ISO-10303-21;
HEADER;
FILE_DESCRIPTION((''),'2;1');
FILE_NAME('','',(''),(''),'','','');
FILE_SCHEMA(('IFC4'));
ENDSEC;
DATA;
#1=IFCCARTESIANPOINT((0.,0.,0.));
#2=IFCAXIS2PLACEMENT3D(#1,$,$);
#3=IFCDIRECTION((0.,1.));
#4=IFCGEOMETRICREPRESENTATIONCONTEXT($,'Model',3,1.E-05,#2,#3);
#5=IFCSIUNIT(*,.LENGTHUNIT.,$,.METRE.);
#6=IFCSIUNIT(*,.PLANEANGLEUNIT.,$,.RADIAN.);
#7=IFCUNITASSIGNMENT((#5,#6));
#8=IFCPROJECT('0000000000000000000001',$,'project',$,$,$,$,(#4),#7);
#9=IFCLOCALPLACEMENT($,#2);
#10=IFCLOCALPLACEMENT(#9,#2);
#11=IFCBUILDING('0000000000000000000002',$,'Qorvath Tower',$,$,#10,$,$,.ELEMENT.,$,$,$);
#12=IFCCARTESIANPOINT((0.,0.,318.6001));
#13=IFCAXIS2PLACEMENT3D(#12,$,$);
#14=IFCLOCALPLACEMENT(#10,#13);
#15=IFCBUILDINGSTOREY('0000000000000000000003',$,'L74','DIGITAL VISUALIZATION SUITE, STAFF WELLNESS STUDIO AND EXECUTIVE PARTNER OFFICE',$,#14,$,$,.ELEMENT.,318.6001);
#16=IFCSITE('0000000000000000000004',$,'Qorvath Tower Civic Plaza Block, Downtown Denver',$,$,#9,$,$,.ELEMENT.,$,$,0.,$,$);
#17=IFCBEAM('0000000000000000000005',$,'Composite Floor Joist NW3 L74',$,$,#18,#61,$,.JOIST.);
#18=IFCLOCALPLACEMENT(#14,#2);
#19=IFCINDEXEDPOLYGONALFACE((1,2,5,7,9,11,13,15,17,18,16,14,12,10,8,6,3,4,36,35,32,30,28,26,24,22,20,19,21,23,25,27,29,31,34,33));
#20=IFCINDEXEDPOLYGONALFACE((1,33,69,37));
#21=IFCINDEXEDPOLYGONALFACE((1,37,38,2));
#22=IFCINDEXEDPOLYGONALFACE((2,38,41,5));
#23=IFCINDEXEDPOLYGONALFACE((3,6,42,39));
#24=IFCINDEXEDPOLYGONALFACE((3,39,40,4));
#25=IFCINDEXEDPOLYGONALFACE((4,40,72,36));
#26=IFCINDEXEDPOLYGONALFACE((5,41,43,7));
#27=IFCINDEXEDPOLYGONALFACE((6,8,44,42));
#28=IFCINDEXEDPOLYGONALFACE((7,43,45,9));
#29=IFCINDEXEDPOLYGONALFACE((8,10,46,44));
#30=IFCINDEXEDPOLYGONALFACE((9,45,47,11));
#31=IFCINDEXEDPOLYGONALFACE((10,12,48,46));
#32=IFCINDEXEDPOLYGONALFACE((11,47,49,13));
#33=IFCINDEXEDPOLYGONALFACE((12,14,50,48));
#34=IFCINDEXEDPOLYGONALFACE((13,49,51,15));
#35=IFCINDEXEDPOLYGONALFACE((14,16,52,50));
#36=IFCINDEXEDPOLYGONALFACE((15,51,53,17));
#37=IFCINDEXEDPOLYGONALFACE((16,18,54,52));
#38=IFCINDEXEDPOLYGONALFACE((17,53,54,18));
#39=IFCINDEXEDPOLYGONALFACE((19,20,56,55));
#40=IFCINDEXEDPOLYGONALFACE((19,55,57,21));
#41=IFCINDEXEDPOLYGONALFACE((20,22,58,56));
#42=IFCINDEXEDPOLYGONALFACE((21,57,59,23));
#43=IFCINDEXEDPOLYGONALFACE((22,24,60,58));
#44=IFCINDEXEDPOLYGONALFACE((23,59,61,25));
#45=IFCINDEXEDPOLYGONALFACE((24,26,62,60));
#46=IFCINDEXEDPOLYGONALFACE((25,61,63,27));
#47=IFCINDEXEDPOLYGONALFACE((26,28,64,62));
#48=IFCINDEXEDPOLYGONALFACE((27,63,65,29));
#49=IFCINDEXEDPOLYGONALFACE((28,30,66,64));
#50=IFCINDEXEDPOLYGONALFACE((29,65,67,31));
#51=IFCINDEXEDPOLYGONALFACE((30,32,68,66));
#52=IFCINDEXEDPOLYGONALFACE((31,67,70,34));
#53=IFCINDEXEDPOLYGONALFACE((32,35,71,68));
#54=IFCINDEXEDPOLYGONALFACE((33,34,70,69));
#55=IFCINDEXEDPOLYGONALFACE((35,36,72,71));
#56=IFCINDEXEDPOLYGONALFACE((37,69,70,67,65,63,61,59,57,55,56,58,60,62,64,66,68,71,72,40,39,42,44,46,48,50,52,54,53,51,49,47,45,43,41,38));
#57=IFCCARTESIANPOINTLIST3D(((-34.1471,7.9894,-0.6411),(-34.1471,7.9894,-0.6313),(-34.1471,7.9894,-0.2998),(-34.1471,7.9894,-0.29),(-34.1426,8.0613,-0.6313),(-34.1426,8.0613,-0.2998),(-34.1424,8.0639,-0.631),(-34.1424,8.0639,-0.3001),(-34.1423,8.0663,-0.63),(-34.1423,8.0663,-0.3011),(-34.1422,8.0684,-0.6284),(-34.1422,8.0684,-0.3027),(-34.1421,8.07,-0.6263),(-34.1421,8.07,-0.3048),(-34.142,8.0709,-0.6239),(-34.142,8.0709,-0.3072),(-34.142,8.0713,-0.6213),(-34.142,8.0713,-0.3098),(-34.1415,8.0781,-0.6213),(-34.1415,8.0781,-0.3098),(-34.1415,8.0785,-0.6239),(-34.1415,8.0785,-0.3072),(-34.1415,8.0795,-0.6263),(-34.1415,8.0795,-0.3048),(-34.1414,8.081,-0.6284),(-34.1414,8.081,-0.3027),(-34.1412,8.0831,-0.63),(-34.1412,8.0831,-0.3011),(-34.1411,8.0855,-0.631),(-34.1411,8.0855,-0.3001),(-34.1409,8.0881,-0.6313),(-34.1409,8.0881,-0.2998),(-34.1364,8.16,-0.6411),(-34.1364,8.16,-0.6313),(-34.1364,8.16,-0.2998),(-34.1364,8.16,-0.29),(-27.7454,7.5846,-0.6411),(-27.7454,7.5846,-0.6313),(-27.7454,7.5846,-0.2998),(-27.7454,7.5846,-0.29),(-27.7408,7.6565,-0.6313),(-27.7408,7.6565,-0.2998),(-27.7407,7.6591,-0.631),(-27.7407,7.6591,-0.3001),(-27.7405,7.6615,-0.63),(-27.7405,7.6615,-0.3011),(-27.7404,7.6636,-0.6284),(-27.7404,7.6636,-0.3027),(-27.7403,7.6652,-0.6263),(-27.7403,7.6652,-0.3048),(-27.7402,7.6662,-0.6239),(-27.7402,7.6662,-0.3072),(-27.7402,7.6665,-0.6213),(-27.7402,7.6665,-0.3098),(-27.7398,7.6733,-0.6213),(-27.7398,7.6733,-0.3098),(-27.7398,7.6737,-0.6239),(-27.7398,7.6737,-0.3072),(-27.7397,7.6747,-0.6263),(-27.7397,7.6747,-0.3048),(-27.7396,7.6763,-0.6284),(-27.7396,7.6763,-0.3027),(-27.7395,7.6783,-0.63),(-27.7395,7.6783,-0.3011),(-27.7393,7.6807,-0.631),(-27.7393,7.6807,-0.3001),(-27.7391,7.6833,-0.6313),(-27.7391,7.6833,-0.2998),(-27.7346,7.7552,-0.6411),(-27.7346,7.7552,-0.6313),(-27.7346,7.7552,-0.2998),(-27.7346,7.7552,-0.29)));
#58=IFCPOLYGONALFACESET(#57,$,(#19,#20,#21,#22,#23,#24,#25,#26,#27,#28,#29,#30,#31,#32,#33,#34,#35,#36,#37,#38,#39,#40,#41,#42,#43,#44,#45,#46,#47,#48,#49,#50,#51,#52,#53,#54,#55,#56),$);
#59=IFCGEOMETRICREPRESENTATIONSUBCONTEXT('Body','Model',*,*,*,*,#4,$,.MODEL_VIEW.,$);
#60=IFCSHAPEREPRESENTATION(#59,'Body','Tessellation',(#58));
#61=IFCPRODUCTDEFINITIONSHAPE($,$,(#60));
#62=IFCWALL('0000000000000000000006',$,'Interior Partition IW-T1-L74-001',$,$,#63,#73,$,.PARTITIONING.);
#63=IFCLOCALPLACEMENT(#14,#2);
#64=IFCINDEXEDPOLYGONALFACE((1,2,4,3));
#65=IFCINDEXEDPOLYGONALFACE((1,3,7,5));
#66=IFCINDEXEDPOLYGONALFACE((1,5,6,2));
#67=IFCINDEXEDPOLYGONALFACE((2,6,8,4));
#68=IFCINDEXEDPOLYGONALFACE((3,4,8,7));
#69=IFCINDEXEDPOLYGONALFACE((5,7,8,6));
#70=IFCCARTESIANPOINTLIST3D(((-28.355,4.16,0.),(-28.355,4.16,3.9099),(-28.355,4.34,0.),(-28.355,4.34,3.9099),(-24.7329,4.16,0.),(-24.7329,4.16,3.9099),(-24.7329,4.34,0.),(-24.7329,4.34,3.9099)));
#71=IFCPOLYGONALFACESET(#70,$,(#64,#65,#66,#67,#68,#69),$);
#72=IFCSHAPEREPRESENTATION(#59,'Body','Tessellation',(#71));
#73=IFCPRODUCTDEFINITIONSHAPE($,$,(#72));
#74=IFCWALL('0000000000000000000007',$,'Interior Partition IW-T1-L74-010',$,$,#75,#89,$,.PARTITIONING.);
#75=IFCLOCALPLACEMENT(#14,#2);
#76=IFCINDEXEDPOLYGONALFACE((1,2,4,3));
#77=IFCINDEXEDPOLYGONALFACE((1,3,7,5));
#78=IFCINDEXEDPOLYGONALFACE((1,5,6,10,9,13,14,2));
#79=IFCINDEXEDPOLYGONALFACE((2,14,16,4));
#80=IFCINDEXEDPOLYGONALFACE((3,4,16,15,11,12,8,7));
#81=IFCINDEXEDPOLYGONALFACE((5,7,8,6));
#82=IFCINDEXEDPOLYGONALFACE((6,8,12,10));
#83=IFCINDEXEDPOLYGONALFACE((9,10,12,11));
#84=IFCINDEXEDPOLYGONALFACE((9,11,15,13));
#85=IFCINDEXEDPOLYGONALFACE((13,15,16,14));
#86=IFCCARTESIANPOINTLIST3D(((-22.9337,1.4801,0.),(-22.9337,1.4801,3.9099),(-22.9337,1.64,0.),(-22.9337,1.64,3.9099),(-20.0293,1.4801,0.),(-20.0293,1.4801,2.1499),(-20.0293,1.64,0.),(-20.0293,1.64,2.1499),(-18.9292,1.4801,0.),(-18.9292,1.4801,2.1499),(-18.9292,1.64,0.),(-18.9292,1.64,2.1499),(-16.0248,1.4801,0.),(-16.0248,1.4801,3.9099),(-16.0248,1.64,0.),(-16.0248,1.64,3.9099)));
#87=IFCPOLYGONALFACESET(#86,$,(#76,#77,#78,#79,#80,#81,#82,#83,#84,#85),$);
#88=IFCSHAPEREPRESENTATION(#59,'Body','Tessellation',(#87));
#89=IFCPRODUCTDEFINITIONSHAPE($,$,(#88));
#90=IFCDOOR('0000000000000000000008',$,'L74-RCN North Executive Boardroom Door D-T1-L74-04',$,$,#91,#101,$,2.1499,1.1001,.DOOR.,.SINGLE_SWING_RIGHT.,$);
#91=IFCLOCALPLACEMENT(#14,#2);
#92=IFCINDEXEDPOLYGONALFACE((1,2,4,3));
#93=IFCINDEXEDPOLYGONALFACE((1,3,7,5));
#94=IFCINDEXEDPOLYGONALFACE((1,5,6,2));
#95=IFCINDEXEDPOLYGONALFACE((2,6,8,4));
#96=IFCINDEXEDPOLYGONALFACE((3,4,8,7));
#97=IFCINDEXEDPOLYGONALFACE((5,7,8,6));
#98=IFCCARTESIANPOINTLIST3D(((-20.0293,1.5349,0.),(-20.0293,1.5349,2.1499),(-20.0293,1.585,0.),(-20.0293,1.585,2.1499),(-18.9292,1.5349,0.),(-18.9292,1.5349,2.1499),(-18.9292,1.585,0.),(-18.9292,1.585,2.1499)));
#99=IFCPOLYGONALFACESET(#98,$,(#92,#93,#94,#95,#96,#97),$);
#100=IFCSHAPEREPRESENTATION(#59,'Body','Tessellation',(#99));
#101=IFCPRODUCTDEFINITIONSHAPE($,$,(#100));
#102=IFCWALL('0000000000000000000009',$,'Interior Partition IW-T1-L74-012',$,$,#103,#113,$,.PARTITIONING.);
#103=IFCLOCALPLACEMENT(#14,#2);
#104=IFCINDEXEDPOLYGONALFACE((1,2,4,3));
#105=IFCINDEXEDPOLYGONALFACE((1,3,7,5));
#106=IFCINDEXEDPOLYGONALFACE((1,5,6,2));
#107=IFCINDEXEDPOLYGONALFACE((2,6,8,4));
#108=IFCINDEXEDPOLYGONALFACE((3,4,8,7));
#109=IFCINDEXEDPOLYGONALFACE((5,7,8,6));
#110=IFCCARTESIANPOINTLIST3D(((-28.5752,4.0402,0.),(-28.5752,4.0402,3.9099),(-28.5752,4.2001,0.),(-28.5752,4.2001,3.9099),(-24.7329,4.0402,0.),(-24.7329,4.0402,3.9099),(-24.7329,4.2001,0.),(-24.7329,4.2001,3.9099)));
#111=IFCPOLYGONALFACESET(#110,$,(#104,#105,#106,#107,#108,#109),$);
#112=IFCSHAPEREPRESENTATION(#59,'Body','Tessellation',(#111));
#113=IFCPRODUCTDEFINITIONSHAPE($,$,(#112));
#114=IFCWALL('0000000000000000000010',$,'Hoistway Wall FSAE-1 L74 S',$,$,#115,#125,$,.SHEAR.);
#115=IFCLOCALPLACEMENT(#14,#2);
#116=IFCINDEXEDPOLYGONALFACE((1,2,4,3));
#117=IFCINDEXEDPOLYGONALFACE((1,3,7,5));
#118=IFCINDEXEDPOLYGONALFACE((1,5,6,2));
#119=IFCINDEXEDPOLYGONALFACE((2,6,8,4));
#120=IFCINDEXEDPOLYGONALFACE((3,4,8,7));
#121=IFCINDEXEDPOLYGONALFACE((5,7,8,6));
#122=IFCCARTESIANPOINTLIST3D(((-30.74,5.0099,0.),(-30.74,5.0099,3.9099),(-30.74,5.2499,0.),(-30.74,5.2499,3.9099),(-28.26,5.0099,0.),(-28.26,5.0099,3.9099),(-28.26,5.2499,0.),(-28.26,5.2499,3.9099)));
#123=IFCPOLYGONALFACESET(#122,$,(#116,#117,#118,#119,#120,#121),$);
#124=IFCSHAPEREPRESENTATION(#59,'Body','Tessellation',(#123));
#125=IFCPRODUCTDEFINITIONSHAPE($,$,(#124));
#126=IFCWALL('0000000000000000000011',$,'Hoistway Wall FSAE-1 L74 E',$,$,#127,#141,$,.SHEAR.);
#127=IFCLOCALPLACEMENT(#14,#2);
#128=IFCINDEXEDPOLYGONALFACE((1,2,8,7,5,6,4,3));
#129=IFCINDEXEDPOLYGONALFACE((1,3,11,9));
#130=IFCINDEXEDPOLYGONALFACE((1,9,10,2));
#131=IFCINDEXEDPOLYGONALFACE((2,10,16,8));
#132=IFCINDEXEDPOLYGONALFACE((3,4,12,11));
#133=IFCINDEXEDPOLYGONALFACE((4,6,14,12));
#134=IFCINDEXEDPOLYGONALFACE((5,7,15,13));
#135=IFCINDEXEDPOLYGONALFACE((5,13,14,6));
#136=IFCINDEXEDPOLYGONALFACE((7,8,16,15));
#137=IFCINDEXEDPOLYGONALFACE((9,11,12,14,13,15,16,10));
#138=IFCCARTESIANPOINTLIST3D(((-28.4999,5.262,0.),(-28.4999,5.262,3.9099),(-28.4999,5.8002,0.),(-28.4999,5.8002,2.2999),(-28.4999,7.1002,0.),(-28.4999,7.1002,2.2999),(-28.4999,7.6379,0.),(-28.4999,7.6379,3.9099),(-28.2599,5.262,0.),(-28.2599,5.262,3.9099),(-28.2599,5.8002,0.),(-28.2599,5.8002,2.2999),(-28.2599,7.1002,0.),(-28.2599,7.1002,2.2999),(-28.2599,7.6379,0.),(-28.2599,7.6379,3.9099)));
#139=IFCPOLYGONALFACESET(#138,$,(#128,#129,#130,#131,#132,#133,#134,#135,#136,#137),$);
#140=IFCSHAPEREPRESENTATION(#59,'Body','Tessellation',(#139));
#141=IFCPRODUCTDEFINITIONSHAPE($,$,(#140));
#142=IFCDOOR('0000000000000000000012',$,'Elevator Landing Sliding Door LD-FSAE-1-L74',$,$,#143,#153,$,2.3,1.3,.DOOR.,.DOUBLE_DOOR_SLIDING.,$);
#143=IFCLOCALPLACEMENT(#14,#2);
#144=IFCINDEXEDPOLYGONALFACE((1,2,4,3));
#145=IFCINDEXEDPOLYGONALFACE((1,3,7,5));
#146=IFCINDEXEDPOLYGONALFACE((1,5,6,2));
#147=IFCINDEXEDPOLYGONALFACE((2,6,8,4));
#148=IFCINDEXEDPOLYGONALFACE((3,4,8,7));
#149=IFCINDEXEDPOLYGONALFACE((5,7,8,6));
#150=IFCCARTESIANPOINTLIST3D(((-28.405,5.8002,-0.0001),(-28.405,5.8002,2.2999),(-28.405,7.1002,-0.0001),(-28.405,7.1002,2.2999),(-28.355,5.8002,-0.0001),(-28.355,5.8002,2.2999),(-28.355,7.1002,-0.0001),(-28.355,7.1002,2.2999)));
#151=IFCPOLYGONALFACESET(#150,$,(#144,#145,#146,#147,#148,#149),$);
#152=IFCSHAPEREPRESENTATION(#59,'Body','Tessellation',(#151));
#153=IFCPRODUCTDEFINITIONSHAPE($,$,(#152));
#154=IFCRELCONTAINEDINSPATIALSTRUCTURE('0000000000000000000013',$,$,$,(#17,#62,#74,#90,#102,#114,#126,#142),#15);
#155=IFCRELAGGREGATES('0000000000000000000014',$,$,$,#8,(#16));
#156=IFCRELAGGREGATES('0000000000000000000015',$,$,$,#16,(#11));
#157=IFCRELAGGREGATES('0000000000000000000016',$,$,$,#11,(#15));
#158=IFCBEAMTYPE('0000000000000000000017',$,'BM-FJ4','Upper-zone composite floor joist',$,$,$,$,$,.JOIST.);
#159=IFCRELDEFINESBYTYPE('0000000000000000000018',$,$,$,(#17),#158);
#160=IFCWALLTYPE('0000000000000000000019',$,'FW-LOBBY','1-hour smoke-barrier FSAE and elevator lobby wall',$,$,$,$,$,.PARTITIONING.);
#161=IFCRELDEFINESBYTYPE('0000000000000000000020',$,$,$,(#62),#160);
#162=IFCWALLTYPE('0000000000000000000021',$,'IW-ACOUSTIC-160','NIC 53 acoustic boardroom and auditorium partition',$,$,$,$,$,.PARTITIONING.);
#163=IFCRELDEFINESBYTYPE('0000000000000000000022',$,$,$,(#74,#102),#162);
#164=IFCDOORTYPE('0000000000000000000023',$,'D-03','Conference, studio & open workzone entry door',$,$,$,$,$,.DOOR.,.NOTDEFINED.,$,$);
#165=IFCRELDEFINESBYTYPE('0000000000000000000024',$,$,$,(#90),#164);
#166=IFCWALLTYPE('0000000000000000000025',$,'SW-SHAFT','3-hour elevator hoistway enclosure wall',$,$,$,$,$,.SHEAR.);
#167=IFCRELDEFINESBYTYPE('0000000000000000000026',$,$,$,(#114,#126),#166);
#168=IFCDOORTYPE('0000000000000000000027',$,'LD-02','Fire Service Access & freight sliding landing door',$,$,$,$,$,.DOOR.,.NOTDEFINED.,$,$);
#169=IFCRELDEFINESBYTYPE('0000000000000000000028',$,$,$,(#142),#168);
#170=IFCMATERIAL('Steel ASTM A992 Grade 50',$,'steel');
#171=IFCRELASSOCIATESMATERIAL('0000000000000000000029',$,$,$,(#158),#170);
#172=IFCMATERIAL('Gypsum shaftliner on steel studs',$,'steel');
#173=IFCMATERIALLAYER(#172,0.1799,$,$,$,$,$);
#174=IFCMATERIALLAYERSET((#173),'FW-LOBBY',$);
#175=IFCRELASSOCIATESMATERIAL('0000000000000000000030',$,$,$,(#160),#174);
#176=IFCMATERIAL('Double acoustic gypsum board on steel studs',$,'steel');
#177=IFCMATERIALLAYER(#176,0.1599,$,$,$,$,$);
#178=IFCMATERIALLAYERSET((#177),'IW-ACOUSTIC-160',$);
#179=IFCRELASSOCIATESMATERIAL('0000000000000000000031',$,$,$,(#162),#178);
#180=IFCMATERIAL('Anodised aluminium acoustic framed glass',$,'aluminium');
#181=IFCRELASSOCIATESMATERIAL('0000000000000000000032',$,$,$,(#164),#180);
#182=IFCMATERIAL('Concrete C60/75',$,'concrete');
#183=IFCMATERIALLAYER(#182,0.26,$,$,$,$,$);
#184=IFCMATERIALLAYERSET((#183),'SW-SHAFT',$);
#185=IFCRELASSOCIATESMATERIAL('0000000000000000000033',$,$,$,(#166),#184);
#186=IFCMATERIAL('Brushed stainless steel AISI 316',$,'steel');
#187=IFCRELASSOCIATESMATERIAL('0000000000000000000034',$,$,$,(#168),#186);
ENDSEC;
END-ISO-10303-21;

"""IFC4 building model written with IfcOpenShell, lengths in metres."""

from ifc_helpers import new_model, si_unit, direction, frame, frame_2d, origin, origin_2d, place, context, subcontext, project, spatial, rectangle, i_section, extrude, material, layer, layer_set, material_profile, profile_set, type_object, element, fill, save


model = new_model("IFC4")

# Units and contexts
model_context = context("Model", 3, precision=1e-05, world=origin(), true_north=direction((0.0, 1.0)))
body_context = subcontext(model_context, "Body", "Model", "MODEL_VIEW")
ifc_project = project(units=[si_unit("LENGTHUNIT", "METRE"), si_unit("PLANEANGLEUNIT", "RADIAN")], contexts=[model_context])

# Site, building, storey
site_placement = place(None, origin())
site = spatial("IfcSite", under=ifc_project, at=site_placement, Name="Qorvath Tower Civic Plaza Block, Downtown Denver", CompositionType="ELEMENT", RefElevation=0.0)
building_placement = place(site_placement, origin())
building = spatial("IfcBuilding", under=site, at=building_placement, Name="Qorvath Tower", CompositionType="ELEMENT")
storey_placement = place(building_placement, frame((0.0, 0.0, 318.6001)))
storey = spatial("IfcBuildingStorey", under=building, at=storey_placement, Name="L74", Description="DIGITAL VISUALIZATION SUITE, STAFF WELLNESS STUDIO AND EXECUTIVE PARTNER OFFICE", CompositionType="ELEMENT", Elevation=318.6001)

# Beam
ifc_material_1 = material(Name="Steel ASTM A992 Grade 50", Category="steel")
ifc_material_profile = material_profile(ifc_material_1, i_section(OverallWidth=0.1709, OverallDepth=0.3511, WebThickness=0.0068, FlangeThickness=0.0098, FilletRadius=0.01, at=origin_2d()), Name="W14x30")
ifc_profile_set = profile_set([ifc_material_profile], Name="Steel ASTM A992 Grade 50")
beam_type = type_object("IfcBeamType", Name="BM-FJ4", Description="Upper-zone composite floor joist", PredefinedType="JOIST", material=ifc_profile_set)
beam_placement = place(storey_placement, frame((-27.74, 7.6699, -0.4656), z_axis=(-0.998007, 0.063103, 0.0), x_axis=(-0.063103, -0.998007, 0.0)))
element("IfcBeam", 1, at=beam_placement, inside=storey, type_object=beam_type, Name="Composite Floor Joist NW3 L74", PredefinedType="JOIST", context=body_context, shape_type="SweptSolid", body=[
    extrude(i_section(OverallWidth=0.1709, OverallDepth=0.3511, WebThickness=0.0068, FlangeThickness=0.0098, FilletRadius=0.01, at=origin_2d()), origin(), (0.0, 0.0, 1.0), 6.4146),
])

# Wall
ifc_material_2 = material(Name="Gypsum shaftliner on steel studs", Category="steel")
ifc_layer_1 = layer(ifc_material_2, 0.1799)
ifc_layer_set_1 = layer_set([ifc_layer_1], Name="FW-LOBBY")
wall_type_1 = type_object("IfcWallType", Name="FW-LOBBY", Description="1-hour smoke-barrier FSAE and elevator lobby wall", PredefinedType="PARTITIONING", material=ifc_layer_set_1)
wall_1_placement = place(storey_placement, frame((-28.355, 4.25, 0.0), z_axis=(0.0, 0.0, 1.0), x_axis=(1.0, 0.0, 0.0)))
element("IfcWall", 2, at=wall_1_placement, inside=storey, type_object=wall_type_1, Name="Interior Partition IW-T1-L74-001", PredefinedType="PARTITIONING", context=body_context, shape_type="SweptSolid", body=[
    extrude(rectangle(XDim=3.6221, YDim=0.1799, at=frame_2d((1.811, 0.0))), origin(), (0.0, 0.0, 1.0), 3.9099),
])

# Wall, opening, door
ifc_material_3 = material(Name="Double acoustic gypsum board on steel studs", Category="steel")
ifc_layer_2 = layer(ifc_material_3, 0.1599)
ifc_layer_set_2 = layer_set([ifc_layer_2], Name="IW-ACOUSTIC-160")
wall_type_2 = type_object("IfcWallType", Name="IW-ACOUSTIC-160", Description="NIC 53 acoustic boardroom and auditorium partition", PredefinedType="PARTITIONING", material=ifc_layer_set_2)
wall_2_placement = place(storey_placement, frame((-22.9338, 1.5601, 0.0), z_axis=(0.0, 0.0, 1.0), x_axis=(1.0, 0.0, 0.0)))
wall_2 = element("IfcWall", 3, at=wall_2_placement, inside=storey, type_object=wall_type_2, Name="Interior Partition IW-T1-L74-010", PredefinedType="PARTITIONING", context=body_context, shape_type="SweptSolid", body=[
    extrude(rectangle(XDim=6.9089, YDim=0.1599, at=frame_2d((3.4546, 0.0))), origin(), (0.0, 0.0, 1.0), 3.9099),
])
opening_1_placement = place(wall_2_placement, frame((2.9045, 0.0, 0.0)))
opening_1 = element("IfcOpeningElement", 4, at=opening_1_placement, cuts=wall_2, PredefinedType="OPENING", context=body_context, shape_type="SweptSolid", body=[
    extrude(rectangle(XDim=1.1001, YDim=2.1499, at=frame_2d((0.55, 1.075))), frame((0.0, 0.0898, 0.0), z_axis=(0.0, -1.0, 0.0), x_axis=(1.0, 0.0, 0.0)), (0.0, 0.0, 1.0), 0.1799),
])
ifc_material_4 = material(Name="Anodised aluminium acoustic framed glass", Category="aluminium")
door_type_1 = type_object("IfcDoorType", Name="D-03", Description="Conference, studio & open workzone entry door", OperationType="NOTDEFINED", PredefinedType="DOOR", material=ifc_material_4)
door_1_placement = place(opening_1_placement, origin())
door_1 = element("IfcDoor", 5, at=door_1_placement, inside=storey, type_object=door_type_1, Name="L74-RCN North Executive Boardroom Door D-T1-L74-04", OperationType="SINGLE_SWING_RIGHT", OverallHeight=2.1499, OverallWidth=1.1001, PredefinedType="DOOR", context=body_context, shape_type="SweptSolid", body=[
    extrude(rectangle(XDim=1.1001, YDim=2.1499, at=frame_2d((0.55, 1.075))), frame((0.0, 0.0249, 0.0), z_axis=(0.0, -1.0, 0.0), x_axis=(1.0, 0.0, 0.0)), (0.0, 0.0, 1.0), 0.05),
])
fill(opening_1, door_1)

# Walls
wall_3_placement = place(storey_placement, frame((-24.7329, 4.1201, 0.0), z_axis=(0.0, 0.0, 1.0), x_axis=(-1.0, 0.0, 0.0)))
element("IfcWall", 6, at=wall_3_placement, inside=storey, type_object=wall_type_2, Name="Interior Partition IW-T1-L74-012", PredefinedType="PARTITIONING", context=body_context, shape_type="SweptSolid", body=[
    extrude(rectangle(XDim=3.8423, YDim=0.1599, at=frame_2d((1.9211, 0.0))), origin(), (0.0, 0.0, 1.0), 3.9099),
])
ifc_material_5 = material(Name="Concrete C60/75", Category="concrete")
ifc_layer_3 = layer(ifc_material_5, 0.26)
ifc_layer_set_3 = layer_set([ifc_layer_3], Name="SW-SHAFT")
wall_type_3 = type_object("IfcWallType", Name="SW-SHAFT", Description="3-hour elevator hoistway enclosure wall", PredefinedType="SHEAR", material=ifc_layer_set_3)
wall_4_placement = place(storey_placement, frame((-28.26, 5.1299, 0.0), z_axis=(0.0, 0.0, 1.0), x_axis=(-1.0, 0.0, 0.0)))
element("IfcWall", 7, at=wall_4_placement, inside=storey, type_object=wall_type_3, Name="Hoistway Wall FSAE-1 L74 S", PredefinedType="SHEAR", context=body_context, shape_type="SweptSolid", body=[
    extrude(rectangle(XDim=2.48, YDim=0.24, at=frame_2d((1.24, 0.0))), origin(), (0.0, 0.0, 1.0), 3.9099),
])

# Wall, opening, door
wall_5_placement = place(storey_placement, frame((-28.3799, 7.6379, 0.0), z_axis=(0.0, 0.0, 1.0), x_axis=(0.0, -1.0, 0.0)))
wall_5 = element("IfcWall", 8, at=wall_5_placement, inside=storey, type_object=wall_type_3, Name="Hoistway Wall FSAE-1 L74 E", PredefinedType="SHEAR", context=body_context, shape_type="SweptSolid", body=[
    extrude(rectangle(XDim=2.376, YDim=0.24, at=frame_2d((1.188, 0.0))), origin(), (0.0, 0.0, 1.0), 3.9099),
])
opening_2_placement = place(wall_5_placement, frame((0.5378, 0.0, 0.0)))
opening_2 = element("IfcOpeningElement", 9, at=opening_2_placement, cuts=wall_5, PredefinedType="OPENING", context=body_context, shape_type="SweptSolid", body=[
    extrude(rectangle(XDim=1.3, YDim=2.3, at=frame_2d((0.6499, 1.1499))), frame((0.0, 0.1299, 0.0), z_axis=(0.0, -1.0, 0.0), x_axis=(1.0, 0.0, 0.0)), (0.0, 0.0, 1.0), 0.26),
])
ifc_material_6 = material(Name="Brushed stainless steel AISI 316", Category="steel")
door_type_2 = type_object("IfcDoorType", Name="LD-02", Description="Fire Service Access & freight sliding landing door", OperationType="NOTDEFINED", PredefinedType="DOOR", material=ifc_material_6)
door_2_placement = place(opening_2_placement, origin())
door_2 = element("IfcDoor", 10, at=door_2_placement, inside=storey, type_object=door_type_2, Name="Elevator Landing Sliding Door LD-FSAE-1-L74", OperationType="DOUBLE_DOOR_SLIDING", OverallHeight=2.3, OverallWidth=1.3, PredefinedType="DOOR", context=body_context, shape_type="SweptSolid", body=[
    extrude(rectangle(XDim=1.3, YDim=2.3, at=frame_2d((0.6499, 1.1499))), frame((0.0, 0.0249, 0.0), z_axis=(0.0, -1.0, 0.0), x_axis=(1.0, 0.0, 0.0)), (0.0, 0.0, 1.0), 0.05),
])
fill(opening_2, door_2)

save(model, "model.ifc")
